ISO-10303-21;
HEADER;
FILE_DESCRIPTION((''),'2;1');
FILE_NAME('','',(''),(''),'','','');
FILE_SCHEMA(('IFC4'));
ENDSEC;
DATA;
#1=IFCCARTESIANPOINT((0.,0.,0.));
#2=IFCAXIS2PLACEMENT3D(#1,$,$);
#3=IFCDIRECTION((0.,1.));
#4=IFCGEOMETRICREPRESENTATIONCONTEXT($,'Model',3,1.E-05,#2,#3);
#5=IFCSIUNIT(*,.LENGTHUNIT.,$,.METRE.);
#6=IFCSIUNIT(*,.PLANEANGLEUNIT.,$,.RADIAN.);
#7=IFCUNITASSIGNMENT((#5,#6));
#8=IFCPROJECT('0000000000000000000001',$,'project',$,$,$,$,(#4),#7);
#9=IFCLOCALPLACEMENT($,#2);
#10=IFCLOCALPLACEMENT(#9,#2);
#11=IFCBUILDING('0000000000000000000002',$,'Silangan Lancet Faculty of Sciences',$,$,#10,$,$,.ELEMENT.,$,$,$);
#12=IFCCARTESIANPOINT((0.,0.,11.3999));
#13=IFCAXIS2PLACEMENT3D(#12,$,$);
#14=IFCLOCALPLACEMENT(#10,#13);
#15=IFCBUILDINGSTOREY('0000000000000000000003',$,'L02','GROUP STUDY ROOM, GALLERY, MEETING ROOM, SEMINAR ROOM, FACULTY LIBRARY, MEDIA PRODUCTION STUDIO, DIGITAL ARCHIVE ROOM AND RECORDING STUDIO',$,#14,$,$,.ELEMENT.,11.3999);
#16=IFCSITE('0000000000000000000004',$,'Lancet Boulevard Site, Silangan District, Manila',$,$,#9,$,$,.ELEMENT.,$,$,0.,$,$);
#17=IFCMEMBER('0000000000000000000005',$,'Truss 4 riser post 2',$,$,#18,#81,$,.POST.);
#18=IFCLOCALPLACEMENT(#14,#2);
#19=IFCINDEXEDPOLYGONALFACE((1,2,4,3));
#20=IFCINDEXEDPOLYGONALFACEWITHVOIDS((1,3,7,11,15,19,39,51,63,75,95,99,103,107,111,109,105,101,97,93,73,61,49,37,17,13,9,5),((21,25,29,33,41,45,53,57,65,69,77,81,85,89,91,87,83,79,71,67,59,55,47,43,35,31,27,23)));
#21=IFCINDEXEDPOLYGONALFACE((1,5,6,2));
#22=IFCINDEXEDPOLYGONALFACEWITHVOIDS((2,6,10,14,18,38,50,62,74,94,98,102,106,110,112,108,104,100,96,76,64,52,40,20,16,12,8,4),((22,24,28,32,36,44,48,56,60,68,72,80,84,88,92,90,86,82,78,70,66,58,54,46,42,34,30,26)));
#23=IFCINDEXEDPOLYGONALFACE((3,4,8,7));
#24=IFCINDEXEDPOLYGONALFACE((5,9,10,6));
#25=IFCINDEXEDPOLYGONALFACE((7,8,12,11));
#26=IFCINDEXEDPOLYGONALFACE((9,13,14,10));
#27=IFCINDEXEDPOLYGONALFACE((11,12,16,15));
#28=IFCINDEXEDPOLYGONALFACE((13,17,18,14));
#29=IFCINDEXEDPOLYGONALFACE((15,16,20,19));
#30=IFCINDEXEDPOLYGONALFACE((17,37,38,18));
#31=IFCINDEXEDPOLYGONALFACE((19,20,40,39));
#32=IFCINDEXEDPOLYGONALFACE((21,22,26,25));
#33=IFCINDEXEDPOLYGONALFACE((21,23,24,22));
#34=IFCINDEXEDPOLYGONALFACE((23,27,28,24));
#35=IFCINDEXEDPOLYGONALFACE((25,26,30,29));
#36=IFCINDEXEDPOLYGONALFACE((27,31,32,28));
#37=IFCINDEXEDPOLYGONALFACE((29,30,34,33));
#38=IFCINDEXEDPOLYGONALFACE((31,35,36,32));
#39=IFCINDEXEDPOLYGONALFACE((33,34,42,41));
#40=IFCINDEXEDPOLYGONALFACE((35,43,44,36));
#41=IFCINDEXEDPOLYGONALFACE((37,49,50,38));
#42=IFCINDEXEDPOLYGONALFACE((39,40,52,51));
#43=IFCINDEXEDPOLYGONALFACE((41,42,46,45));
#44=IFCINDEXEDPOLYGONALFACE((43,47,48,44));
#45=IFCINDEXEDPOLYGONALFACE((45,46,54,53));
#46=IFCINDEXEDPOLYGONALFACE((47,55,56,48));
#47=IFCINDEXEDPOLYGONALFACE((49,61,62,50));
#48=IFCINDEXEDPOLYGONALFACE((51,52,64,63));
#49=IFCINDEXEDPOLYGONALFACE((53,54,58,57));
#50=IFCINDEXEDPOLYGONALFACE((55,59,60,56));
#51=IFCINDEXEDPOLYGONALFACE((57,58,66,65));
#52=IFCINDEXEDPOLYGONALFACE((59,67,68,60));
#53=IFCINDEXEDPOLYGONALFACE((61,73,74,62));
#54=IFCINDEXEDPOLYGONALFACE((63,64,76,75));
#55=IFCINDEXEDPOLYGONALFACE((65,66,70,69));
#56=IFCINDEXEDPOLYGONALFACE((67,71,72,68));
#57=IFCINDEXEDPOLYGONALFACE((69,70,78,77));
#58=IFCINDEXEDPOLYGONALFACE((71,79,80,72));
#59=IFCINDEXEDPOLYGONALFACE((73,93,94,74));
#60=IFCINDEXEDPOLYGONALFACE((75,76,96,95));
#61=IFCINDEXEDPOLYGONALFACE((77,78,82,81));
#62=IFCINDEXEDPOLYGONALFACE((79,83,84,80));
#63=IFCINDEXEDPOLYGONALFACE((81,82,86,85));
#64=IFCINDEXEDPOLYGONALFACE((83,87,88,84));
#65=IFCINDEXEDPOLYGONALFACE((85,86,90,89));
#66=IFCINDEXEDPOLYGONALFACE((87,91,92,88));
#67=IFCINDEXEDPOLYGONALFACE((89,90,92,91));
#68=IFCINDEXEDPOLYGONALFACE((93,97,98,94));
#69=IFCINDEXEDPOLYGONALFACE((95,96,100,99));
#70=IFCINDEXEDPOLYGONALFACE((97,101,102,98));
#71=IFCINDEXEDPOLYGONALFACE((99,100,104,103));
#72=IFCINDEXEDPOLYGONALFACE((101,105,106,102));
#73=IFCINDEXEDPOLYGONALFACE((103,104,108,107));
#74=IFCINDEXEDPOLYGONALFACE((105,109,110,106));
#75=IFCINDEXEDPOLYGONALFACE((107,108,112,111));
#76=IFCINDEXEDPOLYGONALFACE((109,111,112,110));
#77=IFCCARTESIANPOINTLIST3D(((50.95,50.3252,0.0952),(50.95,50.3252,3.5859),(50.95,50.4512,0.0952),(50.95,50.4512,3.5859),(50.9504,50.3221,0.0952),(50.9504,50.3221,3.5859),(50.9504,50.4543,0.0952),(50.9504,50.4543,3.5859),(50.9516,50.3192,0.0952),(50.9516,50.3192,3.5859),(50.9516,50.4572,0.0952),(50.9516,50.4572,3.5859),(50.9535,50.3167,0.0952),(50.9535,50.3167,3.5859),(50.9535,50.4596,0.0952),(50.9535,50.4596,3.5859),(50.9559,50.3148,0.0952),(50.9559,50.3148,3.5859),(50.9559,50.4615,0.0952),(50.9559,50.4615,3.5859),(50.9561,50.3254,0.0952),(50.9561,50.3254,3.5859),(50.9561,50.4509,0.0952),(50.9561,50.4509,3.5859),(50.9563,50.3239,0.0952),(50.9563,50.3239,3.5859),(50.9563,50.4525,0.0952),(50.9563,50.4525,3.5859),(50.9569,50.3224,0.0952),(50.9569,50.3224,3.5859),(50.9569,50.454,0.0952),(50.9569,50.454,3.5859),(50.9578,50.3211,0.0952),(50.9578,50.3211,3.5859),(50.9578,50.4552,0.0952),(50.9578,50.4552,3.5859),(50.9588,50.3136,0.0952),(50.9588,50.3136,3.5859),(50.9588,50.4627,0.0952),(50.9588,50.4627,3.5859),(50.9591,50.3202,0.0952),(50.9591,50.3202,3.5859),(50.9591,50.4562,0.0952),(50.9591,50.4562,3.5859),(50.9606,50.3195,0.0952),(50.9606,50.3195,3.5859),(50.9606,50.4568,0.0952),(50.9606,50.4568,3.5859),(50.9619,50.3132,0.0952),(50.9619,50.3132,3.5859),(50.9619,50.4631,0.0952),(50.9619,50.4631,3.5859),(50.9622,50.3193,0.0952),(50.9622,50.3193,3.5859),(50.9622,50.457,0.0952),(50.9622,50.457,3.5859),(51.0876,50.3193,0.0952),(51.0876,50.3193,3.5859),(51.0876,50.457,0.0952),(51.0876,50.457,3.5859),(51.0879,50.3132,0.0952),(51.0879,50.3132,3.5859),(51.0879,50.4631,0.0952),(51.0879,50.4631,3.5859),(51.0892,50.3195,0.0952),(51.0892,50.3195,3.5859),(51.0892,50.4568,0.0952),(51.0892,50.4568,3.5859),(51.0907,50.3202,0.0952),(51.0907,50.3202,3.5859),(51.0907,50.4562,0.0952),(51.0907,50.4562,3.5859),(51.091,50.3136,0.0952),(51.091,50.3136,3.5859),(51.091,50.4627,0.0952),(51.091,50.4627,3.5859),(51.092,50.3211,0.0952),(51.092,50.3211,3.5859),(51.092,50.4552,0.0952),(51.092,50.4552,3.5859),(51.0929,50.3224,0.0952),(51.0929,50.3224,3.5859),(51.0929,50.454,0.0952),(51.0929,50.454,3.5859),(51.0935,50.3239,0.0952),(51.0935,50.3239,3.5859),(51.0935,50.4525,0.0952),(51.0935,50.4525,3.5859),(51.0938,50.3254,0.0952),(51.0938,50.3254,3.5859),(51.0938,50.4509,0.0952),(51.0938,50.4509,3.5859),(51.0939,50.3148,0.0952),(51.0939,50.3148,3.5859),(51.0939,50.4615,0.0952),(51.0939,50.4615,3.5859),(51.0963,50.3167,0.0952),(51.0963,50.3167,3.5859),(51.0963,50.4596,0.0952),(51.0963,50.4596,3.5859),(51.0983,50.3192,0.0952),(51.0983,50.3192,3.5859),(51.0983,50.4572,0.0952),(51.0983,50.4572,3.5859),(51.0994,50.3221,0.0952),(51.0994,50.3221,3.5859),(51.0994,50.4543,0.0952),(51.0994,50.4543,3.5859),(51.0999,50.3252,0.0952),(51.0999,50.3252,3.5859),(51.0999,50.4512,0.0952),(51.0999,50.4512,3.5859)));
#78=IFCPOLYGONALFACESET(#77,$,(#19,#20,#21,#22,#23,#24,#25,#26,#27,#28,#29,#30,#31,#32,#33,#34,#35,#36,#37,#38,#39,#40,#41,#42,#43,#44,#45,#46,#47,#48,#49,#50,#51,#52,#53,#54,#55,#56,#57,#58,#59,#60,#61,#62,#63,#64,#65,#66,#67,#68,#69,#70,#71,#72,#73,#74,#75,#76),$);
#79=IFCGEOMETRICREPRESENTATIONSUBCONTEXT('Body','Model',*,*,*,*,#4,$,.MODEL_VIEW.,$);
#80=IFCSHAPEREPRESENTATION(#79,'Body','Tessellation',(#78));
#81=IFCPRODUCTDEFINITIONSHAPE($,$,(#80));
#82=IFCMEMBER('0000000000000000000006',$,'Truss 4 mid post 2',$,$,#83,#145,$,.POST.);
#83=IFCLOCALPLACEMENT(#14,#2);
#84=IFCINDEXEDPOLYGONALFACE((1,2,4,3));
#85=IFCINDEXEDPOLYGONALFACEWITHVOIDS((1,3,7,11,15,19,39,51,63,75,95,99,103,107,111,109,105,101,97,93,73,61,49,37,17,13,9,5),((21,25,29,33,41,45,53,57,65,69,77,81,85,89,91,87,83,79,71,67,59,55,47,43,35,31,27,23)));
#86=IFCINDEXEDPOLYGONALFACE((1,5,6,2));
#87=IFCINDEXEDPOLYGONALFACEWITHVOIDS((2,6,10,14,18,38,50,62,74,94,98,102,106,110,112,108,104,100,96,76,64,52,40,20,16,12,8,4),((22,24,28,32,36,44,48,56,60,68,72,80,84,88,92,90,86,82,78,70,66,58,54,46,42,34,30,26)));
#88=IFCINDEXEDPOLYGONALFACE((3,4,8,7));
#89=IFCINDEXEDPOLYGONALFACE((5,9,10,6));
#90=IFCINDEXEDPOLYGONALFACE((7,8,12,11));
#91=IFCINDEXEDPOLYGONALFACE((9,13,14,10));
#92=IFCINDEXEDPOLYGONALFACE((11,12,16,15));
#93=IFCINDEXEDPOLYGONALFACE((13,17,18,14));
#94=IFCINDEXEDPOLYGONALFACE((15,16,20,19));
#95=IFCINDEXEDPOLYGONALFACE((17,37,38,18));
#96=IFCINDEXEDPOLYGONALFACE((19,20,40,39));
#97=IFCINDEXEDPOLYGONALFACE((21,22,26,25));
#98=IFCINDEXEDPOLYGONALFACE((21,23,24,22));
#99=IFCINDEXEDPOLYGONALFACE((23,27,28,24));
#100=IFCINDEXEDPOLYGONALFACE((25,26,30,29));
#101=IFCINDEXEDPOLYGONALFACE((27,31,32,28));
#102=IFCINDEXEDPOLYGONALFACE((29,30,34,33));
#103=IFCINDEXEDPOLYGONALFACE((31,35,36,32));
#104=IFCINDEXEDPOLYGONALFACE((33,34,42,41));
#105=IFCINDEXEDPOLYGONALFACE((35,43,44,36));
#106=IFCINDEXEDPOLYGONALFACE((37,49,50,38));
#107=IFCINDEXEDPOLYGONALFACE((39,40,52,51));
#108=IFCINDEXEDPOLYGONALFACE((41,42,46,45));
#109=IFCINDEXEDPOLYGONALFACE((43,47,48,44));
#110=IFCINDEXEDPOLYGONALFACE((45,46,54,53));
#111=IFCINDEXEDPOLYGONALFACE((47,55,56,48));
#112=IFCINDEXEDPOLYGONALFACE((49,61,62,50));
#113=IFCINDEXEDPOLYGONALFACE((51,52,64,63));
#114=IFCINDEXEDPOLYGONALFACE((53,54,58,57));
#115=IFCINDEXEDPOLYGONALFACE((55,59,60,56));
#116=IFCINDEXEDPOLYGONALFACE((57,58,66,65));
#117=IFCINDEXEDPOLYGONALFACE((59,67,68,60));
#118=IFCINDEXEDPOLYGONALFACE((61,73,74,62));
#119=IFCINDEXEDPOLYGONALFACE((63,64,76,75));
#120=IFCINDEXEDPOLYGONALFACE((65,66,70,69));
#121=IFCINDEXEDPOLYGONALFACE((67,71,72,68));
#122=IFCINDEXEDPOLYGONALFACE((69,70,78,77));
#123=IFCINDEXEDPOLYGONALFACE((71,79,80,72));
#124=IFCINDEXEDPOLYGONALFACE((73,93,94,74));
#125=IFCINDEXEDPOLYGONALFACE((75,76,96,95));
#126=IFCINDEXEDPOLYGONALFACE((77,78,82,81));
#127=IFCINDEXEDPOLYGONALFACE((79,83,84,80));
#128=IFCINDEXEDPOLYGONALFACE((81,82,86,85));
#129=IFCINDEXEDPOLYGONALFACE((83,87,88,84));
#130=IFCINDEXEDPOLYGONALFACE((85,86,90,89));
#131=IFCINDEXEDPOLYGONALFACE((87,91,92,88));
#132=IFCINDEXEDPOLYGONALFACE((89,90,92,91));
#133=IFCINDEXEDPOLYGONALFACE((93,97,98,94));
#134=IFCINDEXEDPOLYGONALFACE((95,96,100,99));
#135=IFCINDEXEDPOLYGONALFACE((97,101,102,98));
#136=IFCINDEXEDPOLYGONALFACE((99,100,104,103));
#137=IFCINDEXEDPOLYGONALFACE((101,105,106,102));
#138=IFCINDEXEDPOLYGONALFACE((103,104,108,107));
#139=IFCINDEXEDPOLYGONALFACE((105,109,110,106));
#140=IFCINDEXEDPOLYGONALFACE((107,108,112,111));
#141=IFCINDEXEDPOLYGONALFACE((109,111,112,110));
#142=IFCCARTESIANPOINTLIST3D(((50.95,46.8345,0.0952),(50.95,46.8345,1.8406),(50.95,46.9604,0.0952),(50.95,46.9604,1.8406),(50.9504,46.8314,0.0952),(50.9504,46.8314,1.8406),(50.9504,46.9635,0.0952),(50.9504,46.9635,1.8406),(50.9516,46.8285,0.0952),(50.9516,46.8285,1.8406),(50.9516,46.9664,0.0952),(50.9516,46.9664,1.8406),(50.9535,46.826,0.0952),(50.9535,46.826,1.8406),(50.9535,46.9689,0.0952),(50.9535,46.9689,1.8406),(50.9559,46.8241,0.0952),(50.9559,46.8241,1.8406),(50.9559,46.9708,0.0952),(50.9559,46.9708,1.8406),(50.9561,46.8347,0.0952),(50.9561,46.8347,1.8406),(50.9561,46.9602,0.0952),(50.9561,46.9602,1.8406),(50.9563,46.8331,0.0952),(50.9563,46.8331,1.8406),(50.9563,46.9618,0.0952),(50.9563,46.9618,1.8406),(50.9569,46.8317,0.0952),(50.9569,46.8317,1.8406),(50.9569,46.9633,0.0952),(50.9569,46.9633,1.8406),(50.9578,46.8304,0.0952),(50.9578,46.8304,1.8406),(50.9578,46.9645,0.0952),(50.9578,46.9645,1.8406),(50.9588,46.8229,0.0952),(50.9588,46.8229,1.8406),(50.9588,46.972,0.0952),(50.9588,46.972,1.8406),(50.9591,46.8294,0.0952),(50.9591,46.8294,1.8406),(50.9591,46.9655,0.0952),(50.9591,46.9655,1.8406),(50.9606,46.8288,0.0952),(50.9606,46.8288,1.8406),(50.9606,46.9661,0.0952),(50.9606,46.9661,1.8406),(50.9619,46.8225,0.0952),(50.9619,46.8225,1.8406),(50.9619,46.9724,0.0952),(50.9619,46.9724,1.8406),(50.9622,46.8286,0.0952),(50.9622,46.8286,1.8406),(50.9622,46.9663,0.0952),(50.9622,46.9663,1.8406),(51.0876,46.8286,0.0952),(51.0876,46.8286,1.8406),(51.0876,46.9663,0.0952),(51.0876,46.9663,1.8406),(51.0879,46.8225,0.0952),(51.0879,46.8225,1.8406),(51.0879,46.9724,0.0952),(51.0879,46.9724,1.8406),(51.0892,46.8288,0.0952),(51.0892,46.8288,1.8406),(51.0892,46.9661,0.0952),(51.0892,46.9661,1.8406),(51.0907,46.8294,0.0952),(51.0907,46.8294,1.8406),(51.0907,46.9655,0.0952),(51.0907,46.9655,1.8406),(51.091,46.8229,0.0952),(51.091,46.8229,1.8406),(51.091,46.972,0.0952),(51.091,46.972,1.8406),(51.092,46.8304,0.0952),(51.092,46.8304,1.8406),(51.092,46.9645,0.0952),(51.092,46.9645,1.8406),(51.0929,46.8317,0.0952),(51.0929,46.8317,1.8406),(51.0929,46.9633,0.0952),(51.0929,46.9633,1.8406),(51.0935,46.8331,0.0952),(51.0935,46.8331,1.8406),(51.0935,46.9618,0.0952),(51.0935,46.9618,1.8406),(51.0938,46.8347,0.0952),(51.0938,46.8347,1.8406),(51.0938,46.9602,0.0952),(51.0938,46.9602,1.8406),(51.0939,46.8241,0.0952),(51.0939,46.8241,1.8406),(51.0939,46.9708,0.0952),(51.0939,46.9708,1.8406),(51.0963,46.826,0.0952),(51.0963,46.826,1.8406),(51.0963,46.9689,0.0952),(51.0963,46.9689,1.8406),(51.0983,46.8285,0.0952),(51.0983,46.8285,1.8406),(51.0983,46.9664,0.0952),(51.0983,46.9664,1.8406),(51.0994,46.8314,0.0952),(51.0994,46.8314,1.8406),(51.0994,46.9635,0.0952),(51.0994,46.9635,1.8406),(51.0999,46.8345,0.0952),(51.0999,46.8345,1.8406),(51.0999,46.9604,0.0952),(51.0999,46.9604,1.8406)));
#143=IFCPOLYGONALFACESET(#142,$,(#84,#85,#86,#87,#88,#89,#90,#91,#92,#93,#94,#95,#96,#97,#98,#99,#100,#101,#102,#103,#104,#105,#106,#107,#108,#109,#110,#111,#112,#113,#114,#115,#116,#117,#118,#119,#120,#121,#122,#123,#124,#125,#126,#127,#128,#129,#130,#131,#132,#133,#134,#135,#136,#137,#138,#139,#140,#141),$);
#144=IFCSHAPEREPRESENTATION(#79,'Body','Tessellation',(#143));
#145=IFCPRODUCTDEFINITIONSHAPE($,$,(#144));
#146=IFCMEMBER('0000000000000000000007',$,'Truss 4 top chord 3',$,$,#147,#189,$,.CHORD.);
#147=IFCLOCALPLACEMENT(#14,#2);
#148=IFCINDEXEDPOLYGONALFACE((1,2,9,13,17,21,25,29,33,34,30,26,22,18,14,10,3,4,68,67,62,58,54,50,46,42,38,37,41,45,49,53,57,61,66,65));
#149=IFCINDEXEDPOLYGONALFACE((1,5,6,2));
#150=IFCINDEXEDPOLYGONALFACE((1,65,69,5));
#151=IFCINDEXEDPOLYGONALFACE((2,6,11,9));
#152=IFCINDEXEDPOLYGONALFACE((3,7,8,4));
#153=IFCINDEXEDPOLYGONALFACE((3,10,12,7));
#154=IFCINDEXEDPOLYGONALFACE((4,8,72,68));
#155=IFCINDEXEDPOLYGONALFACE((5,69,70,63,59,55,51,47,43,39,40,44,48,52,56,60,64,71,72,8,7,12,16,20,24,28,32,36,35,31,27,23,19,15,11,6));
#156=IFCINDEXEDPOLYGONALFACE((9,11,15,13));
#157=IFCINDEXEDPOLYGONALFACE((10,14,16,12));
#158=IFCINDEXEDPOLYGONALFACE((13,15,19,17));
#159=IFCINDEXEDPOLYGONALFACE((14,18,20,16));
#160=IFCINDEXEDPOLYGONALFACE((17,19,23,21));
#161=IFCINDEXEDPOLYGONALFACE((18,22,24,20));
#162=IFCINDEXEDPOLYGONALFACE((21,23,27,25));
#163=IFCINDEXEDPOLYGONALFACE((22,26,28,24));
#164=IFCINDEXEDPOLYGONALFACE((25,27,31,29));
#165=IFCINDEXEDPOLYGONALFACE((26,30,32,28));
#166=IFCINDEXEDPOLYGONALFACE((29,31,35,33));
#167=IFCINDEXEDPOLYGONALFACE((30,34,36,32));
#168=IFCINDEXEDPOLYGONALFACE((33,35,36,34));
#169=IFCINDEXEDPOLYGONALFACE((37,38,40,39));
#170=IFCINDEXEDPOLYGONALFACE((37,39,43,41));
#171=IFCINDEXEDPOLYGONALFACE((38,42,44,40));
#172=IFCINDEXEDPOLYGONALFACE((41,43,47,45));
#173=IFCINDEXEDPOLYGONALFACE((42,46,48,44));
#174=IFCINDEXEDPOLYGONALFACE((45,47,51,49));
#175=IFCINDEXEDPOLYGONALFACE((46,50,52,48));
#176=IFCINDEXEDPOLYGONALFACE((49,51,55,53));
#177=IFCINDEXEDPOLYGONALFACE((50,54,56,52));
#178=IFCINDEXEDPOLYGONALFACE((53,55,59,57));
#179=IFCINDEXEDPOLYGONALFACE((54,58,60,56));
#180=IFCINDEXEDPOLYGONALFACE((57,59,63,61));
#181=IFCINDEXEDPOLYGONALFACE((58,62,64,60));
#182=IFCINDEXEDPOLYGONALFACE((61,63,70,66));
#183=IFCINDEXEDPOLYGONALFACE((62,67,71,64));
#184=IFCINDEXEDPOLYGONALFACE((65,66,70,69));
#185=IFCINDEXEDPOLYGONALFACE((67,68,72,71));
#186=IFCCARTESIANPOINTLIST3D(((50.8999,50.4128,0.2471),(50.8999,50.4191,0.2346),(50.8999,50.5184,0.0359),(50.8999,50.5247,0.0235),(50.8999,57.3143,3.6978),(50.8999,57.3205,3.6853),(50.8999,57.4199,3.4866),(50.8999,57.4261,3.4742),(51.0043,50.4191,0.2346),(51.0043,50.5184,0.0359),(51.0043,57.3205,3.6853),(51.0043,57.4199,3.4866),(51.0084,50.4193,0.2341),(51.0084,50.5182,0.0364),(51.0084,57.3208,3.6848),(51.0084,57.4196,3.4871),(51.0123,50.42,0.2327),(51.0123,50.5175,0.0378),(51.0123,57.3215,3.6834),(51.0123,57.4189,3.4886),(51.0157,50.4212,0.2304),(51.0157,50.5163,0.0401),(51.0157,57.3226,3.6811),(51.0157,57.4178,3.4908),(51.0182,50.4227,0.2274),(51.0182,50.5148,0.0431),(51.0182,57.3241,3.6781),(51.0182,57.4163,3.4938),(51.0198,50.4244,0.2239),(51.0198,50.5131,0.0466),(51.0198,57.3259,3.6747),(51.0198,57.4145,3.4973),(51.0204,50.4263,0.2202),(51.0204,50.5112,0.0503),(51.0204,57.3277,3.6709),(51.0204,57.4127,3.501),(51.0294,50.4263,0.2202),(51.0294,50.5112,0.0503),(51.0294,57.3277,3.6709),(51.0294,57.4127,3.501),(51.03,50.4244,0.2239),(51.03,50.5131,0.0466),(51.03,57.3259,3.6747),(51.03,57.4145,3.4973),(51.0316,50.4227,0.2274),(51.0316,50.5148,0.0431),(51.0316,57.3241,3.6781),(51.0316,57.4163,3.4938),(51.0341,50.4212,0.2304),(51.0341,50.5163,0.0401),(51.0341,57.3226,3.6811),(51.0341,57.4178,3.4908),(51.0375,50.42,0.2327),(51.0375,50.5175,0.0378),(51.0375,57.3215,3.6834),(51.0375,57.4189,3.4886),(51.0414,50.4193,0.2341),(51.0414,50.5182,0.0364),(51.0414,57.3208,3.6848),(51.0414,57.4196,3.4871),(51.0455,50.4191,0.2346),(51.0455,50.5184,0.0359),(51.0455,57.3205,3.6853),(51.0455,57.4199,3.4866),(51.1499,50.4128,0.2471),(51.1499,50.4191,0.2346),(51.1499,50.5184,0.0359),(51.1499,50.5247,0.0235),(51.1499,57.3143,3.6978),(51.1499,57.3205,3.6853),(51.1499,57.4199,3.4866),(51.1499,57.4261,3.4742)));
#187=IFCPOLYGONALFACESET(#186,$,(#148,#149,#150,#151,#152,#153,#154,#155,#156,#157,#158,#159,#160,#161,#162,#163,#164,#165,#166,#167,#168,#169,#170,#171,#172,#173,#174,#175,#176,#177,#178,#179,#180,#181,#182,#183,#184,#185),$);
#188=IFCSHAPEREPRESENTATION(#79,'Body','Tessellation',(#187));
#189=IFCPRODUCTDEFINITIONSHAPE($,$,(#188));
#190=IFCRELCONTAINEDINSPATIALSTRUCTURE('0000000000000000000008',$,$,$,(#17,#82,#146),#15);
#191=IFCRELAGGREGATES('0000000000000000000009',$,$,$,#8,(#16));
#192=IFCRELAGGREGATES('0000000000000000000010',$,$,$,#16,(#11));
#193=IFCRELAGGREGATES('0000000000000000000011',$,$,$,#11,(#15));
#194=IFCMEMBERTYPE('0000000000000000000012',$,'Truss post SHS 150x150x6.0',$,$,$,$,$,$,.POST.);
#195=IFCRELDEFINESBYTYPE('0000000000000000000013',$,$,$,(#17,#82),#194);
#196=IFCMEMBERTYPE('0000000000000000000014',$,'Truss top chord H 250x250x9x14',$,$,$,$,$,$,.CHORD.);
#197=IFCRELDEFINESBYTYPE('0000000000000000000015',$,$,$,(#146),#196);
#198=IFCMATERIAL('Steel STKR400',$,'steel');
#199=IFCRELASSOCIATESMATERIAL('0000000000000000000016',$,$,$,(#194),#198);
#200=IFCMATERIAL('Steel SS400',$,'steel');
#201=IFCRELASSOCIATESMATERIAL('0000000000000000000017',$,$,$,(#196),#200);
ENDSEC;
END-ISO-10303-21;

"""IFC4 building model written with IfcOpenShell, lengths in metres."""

from ifc_helpers import new_model, si_unit, direction, frame, origin, origin_2d, place, context, subcontext, project, spatial, hollow_rectangle, i_section, extrude, material, material_profile, profile_set, type_object, element, save


model = new_model("IFC4")

# Units and contexts
model_context = context("Model", 3, precision=1e-05, world=origin(), true_north=direction((0.0, 1.0)))
body_context = subcontext(model_context, "Body", "Model", "MODEL_VIEW")
ifc_project = project(units=[si_unit("LENGTHUNIT", "METRE"), si_unit("PLANEANGLEUNIT", "RADIAN")], contexts=[model_context])

# Site, building, storey
site_placement = place(None, origin())
site = spatial("IfcSite", under=ifc_project, at=site_placement, Name="Lancet Boulevard Site, Silangan District, Manila", CompositionType="ELEMENT", RefElevation=0.0)
building_placement = place(site_placement, origin())
building = spatial("IfcBuilding", under=site, at=building_placement, Name="Silangan Lancet Faculty of Sciences", CompositionType="ELEMENT")
storey_placement = place(building_placement, frame((0.0, 0.0, 11.3999)))
storey = spatial("IfcBuildingStorey", under=building, at=storey_placement, Name="L02", Description="GROUP STUDY ROOM, GALLERY, MEETING ROOM, SEMINAR ROOM, FACULTY LIBRARY, MEDIA PRODUCTION STUDIO, DIGITAL ARCHIVE ROOM AND RECORDING STUDIO", CompositionType="ELEMENT", Elevation=11.3999)

# Members
ifc_material_1 = material(Name="Steel STKR400", Category="steel")
ifc_material_profile_1 = material_profile(ifc_material_1, hollow_rectangle(XDim=0.1499, YDim=0.1499, WallThickness=0.0061, InnerFilletRadius=0.0061, OuterFilletRadius=0.012, at=origin_2d()), Name="SHS 150x150x6.0")
ifc_profile_set_1 = profile_set([ifc_material_profile_1], Name="Steel STKR400")
member_type_1 = type_object("IfcMemberType", Name="Truss post SHS 150x150x6.0", PredefinedType="POST", material=ifc_profile_set_1)
member_1_placement = place(storey_placement, frame((51.0249, 50.3882, 0.0952), z_axis=(0.0, 0.0, 1.0), x_axis=(1.0, 0.0, 0.0)))
element("IfcMember", 1, at=member_1_placement, inside=storey, type_object=member_type_1, Name="Truss 4 riser post 2", PredefinedType="POST", context=body_context, shape_type="SweptSolid", body=[
    extrude(hollow_rectangle(XDim=0.1499, YDim=0.1499, WallThickness=0.0061, InnerFilletRadius=0.0061, OuterFilletRadius=0.012, at=origin_2d()), origin(), (0.0, 0.0, 1.0), 3.4907),
])
member_2_placement = place(storey_placement, frame((51.0249, 46.8975, 0.0952), z_axis=(0.0, 0.0, 1.0), x_axis=(1.0, 0.0, 0.0)))
element("IfcMember", 2, at=member_2_placement, inside=storey, type_object=member_type_1, Name="Truss 4 mid post 2", PredefinedType="POST", context=body_context, shape_type="SweptSolid", body=[
    extrude(hollow_rectangle(XDim=0.1499, YDim=0.1499, WallThickness=0.0061, InnerFilletRadius=0.0061, OuterFilletRadius=0.012, at=origin_2d()), origin(), (0.0, 0.0, 1.0), 1.7454),
])
ifc_material_2 = material(Name="Steel SS400", Category="steel")
ifc_material_profile_2 = material_profile(ifc_material_2, i_section(OverallWidth=0.25, OverallDepth=0.25, WebThickness=0.009, FlangeThickness=0.0139, FilletRadius=0.0161, at=origin_2d()), Name="H 250x250x9x14")
ifc_profile_set_2 = profile_set([ifc_material_profile_2], Name="Steel SS400")
member_type_2 = type_object("IfcMemberType", Name="Truss top chord H 250x250x9x14", PredefinedType="CHORD", material=ifc_profile_set_2)
member_3_placement = place(storey_placement, frame((51.0249, 50.4688, 0.1353), z_axis=(0.0, 0.894427, 0.447214), x_axis=(-1.0, 0.0, 0.0)))
element("IfcMember", 3, at=member_3_placement, inside=storey, type_object=member_type_2, Name="Truss 4 top chord 3", PredefinedType="CHORD", context=body_context, shape_type="SweptSolid", body=[
    extrude(i_section(OverallWidth=0.25, OverallDepth=0.25, WebThickness=0.009, FlangeThickness=0.0139, FilletRadius=0.0161, at=origin_2d()), origin(), (0.0, 0.0, 1.0), 7.7161),
])

save(model, "model.ifc")
